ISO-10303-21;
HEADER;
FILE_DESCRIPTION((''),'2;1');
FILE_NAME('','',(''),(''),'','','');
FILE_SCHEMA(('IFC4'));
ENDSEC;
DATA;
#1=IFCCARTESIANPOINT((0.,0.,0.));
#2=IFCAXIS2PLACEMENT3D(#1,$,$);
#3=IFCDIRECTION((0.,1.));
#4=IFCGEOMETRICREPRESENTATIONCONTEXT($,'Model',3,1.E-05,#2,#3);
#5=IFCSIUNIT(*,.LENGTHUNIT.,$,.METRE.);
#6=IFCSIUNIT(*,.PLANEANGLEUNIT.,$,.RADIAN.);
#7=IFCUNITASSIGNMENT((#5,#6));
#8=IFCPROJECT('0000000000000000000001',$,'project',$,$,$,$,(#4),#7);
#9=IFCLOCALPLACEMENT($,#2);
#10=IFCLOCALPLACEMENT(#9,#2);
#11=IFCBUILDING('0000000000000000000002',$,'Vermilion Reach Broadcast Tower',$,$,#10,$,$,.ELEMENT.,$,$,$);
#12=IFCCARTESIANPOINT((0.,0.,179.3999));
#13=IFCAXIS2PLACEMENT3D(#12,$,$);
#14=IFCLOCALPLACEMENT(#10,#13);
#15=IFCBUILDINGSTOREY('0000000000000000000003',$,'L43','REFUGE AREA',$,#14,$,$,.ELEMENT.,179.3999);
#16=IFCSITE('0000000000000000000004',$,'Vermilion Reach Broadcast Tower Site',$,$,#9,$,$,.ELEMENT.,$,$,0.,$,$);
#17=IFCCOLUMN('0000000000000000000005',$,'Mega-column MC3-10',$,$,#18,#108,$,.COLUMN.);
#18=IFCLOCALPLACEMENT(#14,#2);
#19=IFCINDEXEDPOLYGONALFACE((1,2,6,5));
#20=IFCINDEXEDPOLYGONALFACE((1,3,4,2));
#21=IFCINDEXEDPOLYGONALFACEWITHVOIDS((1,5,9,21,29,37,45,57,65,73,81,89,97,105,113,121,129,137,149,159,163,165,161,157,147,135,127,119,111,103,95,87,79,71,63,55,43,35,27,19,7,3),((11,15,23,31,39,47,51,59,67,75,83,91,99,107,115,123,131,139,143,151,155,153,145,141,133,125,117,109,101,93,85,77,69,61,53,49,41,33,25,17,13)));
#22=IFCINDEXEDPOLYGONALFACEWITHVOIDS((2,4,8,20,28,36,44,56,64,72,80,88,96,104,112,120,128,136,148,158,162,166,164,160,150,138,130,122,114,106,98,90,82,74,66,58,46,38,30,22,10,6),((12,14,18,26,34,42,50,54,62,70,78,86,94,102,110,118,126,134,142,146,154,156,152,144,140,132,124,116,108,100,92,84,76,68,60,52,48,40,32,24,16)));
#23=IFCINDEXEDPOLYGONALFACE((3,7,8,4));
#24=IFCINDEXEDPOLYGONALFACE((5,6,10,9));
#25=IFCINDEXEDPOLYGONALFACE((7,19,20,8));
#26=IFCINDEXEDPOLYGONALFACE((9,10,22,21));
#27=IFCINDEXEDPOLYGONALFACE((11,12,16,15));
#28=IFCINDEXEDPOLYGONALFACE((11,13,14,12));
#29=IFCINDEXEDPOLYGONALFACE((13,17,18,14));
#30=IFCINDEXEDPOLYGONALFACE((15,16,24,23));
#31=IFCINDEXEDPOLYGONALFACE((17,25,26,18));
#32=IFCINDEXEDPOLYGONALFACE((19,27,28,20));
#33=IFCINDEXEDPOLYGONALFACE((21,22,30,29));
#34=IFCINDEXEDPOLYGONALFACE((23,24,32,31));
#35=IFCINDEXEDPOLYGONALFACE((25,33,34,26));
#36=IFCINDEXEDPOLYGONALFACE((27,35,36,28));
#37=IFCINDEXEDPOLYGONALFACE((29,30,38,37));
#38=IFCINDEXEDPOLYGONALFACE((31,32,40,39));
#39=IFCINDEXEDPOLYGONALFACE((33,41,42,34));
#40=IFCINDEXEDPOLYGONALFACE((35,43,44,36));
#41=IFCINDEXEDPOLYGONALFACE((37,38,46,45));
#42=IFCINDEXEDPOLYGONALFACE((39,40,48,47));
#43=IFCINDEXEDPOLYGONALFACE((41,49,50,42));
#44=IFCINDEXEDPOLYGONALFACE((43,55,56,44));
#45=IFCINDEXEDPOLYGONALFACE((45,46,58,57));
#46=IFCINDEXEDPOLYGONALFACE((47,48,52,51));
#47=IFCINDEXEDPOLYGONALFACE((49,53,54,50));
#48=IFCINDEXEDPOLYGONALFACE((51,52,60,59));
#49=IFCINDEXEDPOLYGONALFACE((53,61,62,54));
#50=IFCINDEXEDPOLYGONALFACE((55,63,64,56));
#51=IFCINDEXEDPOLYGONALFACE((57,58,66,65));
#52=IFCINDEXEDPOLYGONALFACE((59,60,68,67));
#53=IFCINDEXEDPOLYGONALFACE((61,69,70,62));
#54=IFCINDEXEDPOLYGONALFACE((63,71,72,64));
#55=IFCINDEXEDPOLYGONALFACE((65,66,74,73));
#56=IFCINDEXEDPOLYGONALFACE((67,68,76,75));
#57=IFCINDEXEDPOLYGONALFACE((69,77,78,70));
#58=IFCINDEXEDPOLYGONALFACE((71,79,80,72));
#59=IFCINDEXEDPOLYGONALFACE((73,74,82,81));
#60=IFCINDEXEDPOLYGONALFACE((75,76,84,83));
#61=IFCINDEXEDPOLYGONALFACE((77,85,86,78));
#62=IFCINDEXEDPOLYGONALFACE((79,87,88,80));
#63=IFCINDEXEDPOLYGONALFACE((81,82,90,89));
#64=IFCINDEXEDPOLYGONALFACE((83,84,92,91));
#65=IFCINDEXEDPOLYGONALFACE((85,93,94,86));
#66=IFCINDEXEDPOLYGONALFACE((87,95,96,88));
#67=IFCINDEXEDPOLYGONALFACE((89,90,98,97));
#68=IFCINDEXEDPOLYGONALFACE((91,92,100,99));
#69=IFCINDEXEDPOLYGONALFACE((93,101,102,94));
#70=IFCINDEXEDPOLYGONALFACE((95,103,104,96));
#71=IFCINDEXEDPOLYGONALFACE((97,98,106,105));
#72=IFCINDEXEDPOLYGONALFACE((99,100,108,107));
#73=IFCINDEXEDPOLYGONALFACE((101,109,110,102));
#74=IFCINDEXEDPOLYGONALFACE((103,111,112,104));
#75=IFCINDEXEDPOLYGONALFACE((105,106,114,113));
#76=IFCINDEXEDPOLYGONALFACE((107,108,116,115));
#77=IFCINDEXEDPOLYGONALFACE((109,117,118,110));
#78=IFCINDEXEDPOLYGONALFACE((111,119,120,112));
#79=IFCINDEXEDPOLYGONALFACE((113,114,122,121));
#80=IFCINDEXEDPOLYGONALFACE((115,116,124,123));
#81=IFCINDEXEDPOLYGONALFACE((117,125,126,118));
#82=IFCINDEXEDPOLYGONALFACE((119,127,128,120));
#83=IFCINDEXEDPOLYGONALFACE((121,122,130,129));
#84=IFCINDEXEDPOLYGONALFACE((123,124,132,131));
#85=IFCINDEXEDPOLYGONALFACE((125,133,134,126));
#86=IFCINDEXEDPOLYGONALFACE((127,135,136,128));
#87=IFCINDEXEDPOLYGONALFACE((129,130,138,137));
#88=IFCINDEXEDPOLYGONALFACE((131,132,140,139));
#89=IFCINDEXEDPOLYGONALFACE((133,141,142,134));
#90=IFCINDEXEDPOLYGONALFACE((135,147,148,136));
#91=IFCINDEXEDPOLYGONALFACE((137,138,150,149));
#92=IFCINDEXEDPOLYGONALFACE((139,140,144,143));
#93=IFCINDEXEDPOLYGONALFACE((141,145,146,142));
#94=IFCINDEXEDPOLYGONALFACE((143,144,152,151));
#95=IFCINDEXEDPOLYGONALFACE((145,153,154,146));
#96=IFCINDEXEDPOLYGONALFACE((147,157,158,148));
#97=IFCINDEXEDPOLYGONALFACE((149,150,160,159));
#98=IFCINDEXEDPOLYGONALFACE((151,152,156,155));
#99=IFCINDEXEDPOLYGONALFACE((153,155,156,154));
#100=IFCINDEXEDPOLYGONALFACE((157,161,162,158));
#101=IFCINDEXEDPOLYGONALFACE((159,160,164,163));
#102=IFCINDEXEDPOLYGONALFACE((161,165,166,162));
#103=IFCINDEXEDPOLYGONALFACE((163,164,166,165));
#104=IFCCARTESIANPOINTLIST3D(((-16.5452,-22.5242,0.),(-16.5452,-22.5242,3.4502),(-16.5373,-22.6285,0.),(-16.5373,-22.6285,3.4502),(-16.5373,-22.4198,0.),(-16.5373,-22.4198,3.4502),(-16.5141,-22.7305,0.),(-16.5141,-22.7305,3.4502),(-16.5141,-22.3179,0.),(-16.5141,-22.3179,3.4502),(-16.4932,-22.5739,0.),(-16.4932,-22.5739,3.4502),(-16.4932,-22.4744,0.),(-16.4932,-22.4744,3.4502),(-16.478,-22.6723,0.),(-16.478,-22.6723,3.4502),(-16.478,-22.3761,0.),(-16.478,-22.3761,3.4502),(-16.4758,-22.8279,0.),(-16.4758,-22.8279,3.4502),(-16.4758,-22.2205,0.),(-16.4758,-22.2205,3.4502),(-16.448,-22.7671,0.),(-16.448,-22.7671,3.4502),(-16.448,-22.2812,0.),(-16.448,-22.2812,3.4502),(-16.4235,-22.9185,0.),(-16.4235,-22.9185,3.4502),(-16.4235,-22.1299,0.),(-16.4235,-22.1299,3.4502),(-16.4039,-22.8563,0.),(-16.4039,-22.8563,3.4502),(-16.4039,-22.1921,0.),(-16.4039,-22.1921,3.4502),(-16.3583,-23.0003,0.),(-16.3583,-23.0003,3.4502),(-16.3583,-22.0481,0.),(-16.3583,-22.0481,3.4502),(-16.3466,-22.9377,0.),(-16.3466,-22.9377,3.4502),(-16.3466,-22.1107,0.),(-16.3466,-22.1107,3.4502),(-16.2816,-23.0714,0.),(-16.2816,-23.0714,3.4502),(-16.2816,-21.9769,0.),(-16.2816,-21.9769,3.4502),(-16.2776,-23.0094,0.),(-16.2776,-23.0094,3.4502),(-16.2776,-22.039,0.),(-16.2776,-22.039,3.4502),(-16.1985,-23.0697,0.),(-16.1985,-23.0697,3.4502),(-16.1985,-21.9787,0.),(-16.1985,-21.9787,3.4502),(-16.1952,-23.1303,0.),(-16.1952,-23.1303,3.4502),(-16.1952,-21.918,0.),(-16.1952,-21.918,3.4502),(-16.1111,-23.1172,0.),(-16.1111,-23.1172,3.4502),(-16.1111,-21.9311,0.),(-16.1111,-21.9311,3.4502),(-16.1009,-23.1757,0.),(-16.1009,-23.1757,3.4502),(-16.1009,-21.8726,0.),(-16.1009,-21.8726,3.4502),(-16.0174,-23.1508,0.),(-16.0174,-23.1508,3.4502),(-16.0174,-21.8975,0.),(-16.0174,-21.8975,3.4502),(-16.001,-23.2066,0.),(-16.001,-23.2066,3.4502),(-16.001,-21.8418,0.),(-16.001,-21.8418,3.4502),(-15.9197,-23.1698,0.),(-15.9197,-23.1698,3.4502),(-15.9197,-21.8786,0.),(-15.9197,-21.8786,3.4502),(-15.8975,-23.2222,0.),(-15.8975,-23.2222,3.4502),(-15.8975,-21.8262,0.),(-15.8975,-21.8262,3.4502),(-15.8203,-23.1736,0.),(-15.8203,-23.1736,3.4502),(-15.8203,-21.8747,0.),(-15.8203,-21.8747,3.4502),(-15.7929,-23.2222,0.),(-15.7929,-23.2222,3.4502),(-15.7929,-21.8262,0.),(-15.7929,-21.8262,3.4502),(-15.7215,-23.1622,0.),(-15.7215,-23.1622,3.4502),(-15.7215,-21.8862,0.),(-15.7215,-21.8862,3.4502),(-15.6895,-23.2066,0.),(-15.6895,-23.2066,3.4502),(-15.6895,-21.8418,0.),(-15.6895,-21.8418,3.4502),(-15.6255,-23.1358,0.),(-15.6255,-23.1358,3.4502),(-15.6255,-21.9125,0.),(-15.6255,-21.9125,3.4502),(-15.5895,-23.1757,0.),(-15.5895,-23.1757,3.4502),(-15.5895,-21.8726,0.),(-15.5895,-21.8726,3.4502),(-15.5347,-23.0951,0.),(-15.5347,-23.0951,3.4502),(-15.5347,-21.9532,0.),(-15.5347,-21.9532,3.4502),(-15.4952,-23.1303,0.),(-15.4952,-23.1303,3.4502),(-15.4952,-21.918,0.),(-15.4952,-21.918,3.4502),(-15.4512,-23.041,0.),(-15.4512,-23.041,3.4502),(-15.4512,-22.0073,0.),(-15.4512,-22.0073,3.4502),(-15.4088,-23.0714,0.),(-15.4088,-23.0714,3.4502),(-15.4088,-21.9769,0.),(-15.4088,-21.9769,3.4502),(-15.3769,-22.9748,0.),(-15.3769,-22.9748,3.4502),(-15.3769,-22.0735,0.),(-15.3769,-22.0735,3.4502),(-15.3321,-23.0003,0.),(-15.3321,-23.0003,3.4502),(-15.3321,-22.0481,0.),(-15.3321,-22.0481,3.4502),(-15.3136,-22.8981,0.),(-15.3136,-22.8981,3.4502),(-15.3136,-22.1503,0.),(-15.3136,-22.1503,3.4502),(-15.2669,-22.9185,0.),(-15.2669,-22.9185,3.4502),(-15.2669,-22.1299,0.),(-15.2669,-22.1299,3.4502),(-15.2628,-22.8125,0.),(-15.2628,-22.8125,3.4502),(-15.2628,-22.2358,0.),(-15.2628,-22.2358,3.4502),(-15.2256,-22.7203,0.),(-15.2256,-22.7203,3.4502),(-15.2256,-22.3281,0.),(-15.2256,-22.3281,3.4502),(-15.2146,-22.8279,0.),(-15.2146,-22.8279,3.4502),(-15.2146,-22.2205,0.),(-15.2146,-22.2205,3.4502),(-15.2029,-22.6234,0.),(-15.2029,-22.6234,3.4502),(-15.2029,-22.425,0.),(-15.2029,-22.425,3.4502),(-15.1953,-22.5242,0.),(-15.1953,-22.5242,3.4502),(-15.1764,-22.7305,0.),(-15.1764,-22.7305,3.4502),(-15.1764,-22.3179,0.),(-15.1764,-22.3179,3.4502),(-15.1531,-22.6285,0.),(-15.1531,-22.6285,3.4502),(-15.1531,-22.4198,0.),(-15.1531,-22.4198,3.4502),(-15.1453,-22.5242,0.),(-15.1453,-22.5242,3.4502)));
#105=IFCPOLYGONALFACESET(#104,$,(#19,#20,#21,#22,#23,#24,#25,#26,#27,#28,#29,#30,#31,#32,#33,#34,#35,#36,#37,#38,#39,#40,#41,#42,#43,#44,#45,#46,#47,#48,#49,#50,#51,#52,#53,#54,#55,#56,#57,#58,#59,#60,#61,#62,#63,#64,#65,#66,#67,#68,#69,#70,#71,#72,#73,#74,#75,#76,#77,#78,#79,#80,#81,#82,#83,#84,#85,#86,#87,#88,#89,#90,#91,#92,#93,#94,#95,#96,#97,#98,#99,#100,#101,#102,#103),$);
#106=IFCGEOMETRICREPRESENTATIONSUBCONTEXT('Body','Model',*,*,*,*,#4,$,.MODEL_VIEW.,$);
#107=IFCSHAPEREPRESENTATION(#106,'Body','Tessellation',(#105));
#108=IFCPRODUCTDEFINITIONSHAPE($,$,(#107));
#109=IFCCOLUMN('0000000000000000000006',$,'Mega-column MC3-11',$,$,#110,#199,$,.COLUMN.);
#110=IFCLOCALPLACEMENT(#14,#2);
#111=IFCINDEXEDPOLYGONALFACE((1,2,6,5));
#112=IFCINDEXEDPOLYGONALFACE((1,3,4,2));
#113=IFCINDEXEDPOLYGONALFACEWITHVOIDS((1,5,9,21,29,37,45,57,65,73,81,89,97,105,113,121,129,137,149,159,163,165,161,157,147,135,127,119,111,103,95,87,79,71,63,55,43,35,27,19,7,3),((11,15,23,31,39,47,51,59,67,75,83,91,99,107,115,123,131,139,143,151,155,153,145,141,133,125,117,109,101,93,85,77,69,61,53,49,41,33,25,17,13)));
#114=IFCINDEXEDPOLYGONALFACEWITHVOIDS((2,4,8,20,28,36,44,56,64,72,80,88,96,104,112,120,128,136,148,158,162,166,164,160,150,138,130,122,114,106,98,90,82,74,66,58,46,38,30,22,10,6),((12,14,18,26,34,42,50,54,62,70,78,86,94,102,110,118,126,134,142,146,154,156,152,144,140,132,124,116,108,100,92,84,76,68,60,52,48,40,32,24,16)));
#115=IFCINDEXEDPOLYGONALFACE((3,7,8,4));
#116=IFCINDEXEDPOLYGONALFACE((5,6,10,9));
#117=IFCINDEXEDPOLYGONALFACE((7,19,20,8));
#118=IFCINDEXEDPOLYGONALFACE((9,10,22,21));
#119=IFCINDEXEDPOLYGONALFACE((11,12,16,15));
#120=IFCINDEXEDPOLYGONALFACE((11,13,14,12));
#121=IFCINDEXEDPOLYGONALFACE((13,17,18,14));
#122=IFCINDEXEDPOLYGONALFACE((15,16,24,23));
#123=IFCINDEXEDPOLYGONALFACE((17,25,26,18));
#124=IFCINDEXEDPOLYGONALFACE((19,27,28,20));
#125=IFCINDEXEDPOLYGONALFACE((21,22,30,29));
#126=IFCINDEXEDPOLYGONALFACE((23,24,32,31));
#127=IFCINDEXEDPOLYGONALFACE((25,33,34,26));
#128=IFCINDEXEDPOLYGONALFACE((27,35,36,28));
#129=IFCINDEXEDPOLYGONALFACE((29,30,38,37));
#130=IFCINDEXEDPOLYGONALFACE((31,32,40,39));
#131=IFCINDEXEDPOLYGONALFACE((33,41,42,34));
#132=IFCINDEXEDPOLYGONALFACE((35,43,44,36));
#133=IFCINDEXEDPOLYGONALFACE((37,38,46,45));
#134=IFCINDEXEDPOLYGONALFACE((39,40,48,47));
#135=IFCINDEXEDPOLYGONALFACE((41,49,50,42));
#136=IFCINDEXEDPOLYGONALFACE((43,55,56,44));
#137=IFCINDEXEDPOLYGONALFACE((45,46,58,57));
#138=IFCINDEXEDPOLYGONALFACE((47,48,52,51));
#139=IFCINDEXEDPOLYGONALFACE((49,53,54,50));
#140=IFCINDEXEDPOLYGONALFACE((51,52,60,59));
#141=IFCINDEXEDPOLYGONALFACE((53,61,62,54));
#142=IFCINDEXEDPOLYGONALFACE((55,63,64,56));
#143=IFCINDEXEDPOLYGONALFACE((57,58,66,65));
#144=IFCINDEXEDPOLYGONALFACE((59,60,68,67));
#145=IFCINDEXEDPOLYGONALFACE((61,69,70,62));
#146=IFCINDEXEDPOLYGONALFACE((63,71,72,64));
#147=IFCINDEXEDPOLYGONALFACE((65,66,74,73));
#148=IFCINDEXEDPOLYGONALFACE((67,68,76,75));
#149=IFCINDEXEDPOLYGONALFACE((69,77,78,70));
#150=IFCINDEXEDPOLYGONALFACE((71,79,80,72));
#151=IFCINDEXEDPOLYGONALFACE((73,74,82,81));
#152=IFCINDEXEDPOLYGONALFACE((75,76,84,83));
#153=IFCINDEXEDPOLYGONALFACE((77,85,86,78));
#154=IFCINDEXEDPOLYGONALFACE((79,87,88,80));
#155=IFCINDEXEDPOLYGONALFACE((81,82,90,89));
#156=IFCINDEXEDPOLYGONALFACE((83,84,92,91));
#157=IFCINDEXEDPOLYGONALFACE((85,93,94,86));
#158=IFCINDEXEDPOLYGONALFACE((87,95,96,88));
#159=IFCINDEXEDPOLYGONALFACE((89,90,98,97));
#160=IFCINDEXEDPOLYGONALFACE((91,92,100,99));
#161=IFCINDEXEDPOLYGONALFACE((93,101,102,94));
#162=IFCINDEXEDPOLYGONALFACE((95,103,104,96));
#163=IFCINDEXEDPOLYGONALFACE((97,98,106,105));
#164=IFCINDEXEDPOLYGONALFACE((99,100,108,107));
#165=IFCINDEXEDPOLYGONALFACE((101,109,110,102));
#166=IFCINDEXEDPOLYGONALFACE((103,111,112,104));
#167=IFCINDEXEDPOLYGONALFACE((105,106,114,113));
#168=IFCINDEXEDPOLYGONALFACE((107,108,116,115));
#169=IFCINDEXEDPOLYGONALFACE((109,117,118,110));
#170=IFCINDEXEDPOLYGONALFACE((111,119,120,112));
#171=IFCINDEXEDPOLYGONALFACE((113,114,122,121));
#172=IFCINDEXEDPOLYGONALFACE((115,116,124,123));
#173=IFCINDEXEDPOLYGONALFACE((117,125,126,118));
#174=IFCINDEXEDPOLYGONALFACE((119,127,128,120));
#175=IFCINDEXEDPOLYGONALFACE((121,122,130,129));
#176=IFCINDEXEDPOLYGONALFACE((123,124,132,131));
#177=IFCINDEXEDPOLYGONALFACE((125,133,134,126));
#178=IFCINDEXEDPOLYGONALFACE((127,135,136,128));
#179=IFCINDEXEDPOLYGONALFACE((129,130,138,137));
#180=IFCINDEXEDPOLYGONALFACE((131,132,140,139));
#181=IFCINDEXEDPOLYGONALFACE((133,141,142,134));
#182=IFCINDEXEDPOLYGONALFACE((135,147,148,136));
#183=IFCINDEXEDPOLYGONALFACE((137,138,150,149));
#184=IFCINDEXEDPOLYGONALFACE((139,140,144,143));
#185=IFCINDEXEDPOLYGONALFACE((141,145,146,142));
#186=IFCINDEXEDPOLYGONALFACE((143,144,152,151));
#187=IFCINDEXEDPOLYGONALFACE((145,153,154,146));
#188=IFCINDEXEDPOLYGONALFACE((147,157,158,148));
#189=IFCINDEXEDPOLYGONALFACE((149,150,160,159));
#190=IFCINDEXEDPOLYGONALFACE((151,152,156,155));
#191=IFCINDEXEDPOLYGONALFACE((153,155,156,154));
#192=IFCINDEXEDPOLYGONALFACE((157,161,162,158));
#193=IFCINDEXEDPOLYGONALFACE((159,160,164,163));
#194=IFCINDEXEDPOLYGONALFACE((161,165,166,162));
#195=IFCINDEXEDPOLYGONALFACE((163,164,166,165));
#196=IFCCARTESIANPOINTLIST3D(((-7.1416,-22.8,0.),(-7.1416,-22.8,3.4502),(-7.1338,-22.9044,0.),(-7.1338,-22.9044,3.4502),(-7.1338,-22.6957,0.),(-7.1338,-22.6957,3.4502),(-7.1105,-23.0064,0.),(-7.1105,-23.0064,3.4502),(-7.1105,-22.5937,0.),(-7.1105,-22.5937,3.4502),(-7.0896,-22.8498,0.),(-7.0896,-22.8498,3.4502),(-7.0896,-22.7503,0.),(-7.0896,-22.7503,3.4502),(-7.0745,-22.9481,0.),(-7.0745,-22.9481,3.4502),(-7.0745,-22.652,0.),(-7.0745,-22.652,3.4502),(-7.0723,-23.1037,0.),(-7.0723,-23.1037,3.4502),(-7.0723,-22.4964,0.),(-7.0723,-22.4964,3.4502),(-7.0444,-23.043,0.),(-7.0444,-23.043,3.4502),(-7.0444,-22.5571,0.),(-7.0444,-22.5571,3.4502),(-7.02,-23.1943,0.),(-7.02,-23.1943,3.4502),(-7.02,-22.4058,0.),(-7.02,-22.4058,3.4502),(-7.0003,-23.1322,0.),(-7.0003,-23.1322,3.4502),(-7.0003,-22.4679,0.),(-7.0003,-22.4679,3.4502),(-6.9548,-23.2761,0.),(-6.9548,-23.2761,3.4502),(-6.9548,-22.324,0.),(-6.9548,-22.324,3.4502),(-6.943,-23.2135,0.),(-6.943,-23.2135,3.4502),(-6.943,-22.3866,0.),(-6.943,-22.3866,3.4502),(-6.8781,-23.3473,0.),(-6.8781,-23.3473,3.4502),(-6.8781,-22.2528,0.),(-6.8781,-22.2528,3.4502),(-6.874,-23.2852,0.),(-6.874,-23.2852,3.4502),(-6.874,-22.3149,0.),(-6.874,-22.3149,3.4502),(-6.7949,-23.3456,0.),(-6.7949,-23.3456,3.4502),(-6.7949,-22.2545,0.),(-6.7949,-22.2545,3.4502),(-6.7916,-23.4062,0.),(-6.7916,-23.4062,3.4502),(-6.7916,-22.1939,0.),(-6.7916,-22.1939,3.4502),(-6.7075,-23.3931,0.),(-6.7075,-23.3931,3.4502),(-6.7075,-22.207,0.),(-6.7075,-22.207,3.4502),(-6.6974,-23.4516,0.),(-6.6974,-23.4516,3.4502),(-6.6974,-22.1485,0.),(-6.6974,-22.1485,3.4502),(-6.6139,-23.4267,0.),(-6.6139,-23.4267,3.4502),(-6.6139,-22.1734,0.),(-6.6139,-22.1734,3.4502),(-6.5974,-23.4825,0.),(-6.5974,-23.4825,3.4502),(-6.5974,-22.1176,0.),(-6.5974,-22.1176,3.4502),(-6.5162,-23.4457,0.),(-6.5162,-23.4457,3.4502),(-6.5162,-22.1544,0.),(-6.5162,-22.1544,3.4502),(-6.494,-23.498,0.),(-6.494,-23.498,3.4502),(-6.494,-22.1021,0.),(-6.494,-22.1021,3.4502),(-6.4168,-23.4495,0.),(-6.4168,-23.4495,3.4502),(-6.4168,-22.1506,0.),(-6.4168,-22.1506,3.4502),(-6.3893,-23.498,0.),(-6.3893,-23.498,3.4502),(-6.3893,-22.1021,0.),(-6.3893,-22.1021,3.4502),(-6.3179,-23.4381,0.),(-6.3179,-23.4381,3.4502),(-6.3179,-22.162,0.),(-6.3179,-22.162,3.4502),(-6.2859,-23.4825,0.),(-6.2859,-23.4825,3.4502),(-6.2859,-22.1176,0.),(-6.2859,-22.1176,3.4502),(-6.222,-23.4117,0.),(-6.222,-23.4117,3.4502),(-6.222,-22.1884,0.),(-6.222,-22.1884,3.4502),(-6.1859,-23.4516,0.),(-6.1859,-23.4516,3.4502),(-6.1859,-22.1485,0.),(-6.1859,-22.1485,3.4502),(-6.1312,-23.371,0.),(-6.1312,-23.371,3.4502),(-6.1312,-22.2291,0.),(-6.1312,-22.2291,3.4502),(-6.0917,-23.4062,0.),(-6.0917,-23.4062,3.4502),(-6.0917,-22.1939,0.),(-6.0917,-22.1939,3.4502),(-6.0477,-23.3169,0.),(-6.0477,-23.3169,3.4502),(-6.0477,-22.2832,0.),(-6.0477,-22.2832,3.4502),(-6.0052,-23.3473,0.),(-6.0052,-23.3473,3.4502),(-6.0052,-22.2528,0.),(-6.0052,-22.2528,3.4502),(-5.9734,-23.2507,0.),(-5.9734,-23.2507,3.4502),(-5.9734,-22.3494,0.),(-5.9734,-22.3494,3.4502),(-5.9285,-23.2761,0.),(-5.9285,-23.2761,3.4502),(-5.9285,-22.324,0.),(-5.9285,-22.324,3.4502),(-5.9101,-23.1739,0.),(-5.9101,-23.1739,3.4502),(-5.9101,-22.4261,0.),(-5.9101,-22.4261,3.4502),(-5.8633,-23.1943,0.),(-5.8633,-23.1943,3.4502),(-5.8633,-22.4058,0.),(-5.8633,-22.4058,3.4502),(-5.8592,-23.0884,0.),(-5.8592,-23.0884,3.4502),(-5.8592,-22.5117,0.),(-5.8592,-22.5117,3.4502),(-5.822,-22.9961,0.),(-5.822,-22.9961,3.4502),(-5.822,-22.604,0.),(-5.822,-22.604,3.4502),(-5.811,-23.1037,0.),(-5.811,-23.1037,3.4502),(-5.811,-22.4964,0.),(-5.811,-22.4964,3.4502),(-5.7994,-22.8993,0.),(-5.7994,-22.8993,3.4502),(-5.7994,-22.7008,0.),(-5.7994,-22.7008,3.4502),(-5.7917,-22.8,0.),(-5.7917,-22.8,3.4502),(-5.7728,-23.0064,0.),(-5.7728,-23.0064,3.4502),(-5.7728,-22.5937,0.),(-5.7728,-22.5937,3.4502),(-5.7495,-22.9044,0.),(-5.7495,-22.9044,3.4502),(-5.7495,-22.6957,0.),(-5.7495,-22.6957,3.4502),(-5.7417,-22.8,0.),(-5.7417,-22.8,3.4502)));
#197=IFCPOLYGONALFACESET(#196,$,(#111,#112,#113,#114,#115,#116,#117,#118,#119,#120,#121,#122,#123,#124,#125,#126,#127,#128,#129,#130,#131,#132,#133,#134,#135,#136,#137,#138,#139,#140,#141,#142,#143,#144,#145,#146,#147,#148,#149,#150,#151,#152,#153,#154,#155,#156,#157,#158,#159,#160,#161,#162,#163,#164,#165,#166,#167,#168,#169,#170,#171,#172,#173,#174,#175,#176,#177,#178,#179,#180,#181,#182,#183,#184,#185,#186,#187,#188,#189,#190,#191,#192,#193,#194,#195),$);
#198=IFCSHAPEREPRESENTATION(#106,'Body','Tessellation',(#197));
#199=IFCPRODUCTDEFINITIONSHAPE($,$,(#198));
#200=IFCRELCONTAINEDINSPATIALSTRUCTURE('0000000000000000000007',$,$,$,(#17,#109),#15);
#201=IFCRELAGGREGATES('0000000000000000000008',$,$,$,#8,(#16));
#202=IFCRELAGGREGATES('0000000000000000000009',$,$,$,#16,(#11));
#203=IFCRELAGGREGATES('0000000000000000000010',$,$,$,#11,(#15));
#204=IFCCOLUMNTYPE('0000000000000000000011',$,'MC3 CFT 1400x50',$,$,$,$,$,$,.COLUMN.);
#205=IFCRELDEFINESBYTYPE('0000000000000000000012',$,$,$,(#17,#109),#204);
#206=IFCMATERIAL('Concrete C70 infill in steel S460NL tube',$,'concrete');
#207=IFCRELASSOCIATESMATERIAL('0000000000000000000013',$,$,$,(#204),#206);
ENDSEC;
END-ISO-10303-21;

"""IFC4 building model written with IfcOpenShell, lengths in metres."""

from ifc_helpers import new_model, si_unit, direction, frame, origin, origin_2d, place, context, subcontext, project, spatial, hollow_circle, extrude, material, material_profile, profile_set, type_object, element, save


model = new_model("IFC4")

# Units and contexts
model_context = context("Model", 3, precision=1e-05, world=origin(), true_north=direction((0.0, 1.0)))
body_context = subcontext(model_context, "Body", "Model", "MODEL_VIEW")
ifc_project = project(units=[si_unit("LENGTHUNIT", "METRE"), si_unit("PLANEANGLEUNIT", "RADIAN")], contexts=[model_context])

# Site, building, storey
site_placement = place(None, origin())
site = spatial("IfcSite", under=ifc_project, at=site_placement, Name="Vermilion Reach Broadcast Tower Site", CompositionType="ELEMENT", RefElevation=0.0)
building_placement = place(site_placement, origin())
building = spatial("IfcBuilding", under=site, at=building_placement, Name="Vermilion Reach Broadcast Tower", CompositionType="ELEMENT")
storey_placement = place(building_placement, frame((0.0, 0.0, 179.3999)))
storey = spatial("IfcBuildingStorey", under=building, at=storey_placement, Name="L43", Description="REFUGE AREA", CompositionType="ELEMENT", Elevation=179.3999)

# Columns
ifc_material_1 = material(Name="Concrete C70 infill in steel S460NL tube", Category="concrete")
ifc_material_profile_1 = material_profile(ifc_material_1, hollow_circle(Radius=0.7, WallThickness=0.05, at=origin_2d()), Name="Concrete C70 infill in steel S460NL tube CFT 1400x50")
ifc_profile_set_1 = profile_set([ifc_material_profile_1], Name="Concrete C70 infill in steel S460NL tube")
column_type = type_object("IfcColumnType", Name="MC3 CFT 1400x50", PredefinedType="COLUMN", material=ifc_profile_set_1)
for number, where, z_axis, x_axis, name in (
    (1, (-15.8452, -22.5242, 0.0), (0.0, 0.0, 1.0), (1.0, 0.0, 0.0), "Mega-column MC3-10"),
    (2, (-6.4417, -22.8, 0.0), (0.0, 0.0, 1.0), (1.0, 0.0, 0.0), "Mega-column MC3-11"),
):
    element("IfcColumn", number, at=place(storey_placement, frame(where, z_axis=z_axis, x_axis=x_axis)), inside=storey, type_object=column_type, Name=name, PredefinedType="COLUMN", context=body_context, shape_type="SweptSolid", body=[
        extrude(hollow_circle(Radius=0.7, WallThickness=0.05, at=origin_2d()), origin(), (0.0, 0.0, 1.0), 3.4502),
    ])

save(model, "model.ifc")
